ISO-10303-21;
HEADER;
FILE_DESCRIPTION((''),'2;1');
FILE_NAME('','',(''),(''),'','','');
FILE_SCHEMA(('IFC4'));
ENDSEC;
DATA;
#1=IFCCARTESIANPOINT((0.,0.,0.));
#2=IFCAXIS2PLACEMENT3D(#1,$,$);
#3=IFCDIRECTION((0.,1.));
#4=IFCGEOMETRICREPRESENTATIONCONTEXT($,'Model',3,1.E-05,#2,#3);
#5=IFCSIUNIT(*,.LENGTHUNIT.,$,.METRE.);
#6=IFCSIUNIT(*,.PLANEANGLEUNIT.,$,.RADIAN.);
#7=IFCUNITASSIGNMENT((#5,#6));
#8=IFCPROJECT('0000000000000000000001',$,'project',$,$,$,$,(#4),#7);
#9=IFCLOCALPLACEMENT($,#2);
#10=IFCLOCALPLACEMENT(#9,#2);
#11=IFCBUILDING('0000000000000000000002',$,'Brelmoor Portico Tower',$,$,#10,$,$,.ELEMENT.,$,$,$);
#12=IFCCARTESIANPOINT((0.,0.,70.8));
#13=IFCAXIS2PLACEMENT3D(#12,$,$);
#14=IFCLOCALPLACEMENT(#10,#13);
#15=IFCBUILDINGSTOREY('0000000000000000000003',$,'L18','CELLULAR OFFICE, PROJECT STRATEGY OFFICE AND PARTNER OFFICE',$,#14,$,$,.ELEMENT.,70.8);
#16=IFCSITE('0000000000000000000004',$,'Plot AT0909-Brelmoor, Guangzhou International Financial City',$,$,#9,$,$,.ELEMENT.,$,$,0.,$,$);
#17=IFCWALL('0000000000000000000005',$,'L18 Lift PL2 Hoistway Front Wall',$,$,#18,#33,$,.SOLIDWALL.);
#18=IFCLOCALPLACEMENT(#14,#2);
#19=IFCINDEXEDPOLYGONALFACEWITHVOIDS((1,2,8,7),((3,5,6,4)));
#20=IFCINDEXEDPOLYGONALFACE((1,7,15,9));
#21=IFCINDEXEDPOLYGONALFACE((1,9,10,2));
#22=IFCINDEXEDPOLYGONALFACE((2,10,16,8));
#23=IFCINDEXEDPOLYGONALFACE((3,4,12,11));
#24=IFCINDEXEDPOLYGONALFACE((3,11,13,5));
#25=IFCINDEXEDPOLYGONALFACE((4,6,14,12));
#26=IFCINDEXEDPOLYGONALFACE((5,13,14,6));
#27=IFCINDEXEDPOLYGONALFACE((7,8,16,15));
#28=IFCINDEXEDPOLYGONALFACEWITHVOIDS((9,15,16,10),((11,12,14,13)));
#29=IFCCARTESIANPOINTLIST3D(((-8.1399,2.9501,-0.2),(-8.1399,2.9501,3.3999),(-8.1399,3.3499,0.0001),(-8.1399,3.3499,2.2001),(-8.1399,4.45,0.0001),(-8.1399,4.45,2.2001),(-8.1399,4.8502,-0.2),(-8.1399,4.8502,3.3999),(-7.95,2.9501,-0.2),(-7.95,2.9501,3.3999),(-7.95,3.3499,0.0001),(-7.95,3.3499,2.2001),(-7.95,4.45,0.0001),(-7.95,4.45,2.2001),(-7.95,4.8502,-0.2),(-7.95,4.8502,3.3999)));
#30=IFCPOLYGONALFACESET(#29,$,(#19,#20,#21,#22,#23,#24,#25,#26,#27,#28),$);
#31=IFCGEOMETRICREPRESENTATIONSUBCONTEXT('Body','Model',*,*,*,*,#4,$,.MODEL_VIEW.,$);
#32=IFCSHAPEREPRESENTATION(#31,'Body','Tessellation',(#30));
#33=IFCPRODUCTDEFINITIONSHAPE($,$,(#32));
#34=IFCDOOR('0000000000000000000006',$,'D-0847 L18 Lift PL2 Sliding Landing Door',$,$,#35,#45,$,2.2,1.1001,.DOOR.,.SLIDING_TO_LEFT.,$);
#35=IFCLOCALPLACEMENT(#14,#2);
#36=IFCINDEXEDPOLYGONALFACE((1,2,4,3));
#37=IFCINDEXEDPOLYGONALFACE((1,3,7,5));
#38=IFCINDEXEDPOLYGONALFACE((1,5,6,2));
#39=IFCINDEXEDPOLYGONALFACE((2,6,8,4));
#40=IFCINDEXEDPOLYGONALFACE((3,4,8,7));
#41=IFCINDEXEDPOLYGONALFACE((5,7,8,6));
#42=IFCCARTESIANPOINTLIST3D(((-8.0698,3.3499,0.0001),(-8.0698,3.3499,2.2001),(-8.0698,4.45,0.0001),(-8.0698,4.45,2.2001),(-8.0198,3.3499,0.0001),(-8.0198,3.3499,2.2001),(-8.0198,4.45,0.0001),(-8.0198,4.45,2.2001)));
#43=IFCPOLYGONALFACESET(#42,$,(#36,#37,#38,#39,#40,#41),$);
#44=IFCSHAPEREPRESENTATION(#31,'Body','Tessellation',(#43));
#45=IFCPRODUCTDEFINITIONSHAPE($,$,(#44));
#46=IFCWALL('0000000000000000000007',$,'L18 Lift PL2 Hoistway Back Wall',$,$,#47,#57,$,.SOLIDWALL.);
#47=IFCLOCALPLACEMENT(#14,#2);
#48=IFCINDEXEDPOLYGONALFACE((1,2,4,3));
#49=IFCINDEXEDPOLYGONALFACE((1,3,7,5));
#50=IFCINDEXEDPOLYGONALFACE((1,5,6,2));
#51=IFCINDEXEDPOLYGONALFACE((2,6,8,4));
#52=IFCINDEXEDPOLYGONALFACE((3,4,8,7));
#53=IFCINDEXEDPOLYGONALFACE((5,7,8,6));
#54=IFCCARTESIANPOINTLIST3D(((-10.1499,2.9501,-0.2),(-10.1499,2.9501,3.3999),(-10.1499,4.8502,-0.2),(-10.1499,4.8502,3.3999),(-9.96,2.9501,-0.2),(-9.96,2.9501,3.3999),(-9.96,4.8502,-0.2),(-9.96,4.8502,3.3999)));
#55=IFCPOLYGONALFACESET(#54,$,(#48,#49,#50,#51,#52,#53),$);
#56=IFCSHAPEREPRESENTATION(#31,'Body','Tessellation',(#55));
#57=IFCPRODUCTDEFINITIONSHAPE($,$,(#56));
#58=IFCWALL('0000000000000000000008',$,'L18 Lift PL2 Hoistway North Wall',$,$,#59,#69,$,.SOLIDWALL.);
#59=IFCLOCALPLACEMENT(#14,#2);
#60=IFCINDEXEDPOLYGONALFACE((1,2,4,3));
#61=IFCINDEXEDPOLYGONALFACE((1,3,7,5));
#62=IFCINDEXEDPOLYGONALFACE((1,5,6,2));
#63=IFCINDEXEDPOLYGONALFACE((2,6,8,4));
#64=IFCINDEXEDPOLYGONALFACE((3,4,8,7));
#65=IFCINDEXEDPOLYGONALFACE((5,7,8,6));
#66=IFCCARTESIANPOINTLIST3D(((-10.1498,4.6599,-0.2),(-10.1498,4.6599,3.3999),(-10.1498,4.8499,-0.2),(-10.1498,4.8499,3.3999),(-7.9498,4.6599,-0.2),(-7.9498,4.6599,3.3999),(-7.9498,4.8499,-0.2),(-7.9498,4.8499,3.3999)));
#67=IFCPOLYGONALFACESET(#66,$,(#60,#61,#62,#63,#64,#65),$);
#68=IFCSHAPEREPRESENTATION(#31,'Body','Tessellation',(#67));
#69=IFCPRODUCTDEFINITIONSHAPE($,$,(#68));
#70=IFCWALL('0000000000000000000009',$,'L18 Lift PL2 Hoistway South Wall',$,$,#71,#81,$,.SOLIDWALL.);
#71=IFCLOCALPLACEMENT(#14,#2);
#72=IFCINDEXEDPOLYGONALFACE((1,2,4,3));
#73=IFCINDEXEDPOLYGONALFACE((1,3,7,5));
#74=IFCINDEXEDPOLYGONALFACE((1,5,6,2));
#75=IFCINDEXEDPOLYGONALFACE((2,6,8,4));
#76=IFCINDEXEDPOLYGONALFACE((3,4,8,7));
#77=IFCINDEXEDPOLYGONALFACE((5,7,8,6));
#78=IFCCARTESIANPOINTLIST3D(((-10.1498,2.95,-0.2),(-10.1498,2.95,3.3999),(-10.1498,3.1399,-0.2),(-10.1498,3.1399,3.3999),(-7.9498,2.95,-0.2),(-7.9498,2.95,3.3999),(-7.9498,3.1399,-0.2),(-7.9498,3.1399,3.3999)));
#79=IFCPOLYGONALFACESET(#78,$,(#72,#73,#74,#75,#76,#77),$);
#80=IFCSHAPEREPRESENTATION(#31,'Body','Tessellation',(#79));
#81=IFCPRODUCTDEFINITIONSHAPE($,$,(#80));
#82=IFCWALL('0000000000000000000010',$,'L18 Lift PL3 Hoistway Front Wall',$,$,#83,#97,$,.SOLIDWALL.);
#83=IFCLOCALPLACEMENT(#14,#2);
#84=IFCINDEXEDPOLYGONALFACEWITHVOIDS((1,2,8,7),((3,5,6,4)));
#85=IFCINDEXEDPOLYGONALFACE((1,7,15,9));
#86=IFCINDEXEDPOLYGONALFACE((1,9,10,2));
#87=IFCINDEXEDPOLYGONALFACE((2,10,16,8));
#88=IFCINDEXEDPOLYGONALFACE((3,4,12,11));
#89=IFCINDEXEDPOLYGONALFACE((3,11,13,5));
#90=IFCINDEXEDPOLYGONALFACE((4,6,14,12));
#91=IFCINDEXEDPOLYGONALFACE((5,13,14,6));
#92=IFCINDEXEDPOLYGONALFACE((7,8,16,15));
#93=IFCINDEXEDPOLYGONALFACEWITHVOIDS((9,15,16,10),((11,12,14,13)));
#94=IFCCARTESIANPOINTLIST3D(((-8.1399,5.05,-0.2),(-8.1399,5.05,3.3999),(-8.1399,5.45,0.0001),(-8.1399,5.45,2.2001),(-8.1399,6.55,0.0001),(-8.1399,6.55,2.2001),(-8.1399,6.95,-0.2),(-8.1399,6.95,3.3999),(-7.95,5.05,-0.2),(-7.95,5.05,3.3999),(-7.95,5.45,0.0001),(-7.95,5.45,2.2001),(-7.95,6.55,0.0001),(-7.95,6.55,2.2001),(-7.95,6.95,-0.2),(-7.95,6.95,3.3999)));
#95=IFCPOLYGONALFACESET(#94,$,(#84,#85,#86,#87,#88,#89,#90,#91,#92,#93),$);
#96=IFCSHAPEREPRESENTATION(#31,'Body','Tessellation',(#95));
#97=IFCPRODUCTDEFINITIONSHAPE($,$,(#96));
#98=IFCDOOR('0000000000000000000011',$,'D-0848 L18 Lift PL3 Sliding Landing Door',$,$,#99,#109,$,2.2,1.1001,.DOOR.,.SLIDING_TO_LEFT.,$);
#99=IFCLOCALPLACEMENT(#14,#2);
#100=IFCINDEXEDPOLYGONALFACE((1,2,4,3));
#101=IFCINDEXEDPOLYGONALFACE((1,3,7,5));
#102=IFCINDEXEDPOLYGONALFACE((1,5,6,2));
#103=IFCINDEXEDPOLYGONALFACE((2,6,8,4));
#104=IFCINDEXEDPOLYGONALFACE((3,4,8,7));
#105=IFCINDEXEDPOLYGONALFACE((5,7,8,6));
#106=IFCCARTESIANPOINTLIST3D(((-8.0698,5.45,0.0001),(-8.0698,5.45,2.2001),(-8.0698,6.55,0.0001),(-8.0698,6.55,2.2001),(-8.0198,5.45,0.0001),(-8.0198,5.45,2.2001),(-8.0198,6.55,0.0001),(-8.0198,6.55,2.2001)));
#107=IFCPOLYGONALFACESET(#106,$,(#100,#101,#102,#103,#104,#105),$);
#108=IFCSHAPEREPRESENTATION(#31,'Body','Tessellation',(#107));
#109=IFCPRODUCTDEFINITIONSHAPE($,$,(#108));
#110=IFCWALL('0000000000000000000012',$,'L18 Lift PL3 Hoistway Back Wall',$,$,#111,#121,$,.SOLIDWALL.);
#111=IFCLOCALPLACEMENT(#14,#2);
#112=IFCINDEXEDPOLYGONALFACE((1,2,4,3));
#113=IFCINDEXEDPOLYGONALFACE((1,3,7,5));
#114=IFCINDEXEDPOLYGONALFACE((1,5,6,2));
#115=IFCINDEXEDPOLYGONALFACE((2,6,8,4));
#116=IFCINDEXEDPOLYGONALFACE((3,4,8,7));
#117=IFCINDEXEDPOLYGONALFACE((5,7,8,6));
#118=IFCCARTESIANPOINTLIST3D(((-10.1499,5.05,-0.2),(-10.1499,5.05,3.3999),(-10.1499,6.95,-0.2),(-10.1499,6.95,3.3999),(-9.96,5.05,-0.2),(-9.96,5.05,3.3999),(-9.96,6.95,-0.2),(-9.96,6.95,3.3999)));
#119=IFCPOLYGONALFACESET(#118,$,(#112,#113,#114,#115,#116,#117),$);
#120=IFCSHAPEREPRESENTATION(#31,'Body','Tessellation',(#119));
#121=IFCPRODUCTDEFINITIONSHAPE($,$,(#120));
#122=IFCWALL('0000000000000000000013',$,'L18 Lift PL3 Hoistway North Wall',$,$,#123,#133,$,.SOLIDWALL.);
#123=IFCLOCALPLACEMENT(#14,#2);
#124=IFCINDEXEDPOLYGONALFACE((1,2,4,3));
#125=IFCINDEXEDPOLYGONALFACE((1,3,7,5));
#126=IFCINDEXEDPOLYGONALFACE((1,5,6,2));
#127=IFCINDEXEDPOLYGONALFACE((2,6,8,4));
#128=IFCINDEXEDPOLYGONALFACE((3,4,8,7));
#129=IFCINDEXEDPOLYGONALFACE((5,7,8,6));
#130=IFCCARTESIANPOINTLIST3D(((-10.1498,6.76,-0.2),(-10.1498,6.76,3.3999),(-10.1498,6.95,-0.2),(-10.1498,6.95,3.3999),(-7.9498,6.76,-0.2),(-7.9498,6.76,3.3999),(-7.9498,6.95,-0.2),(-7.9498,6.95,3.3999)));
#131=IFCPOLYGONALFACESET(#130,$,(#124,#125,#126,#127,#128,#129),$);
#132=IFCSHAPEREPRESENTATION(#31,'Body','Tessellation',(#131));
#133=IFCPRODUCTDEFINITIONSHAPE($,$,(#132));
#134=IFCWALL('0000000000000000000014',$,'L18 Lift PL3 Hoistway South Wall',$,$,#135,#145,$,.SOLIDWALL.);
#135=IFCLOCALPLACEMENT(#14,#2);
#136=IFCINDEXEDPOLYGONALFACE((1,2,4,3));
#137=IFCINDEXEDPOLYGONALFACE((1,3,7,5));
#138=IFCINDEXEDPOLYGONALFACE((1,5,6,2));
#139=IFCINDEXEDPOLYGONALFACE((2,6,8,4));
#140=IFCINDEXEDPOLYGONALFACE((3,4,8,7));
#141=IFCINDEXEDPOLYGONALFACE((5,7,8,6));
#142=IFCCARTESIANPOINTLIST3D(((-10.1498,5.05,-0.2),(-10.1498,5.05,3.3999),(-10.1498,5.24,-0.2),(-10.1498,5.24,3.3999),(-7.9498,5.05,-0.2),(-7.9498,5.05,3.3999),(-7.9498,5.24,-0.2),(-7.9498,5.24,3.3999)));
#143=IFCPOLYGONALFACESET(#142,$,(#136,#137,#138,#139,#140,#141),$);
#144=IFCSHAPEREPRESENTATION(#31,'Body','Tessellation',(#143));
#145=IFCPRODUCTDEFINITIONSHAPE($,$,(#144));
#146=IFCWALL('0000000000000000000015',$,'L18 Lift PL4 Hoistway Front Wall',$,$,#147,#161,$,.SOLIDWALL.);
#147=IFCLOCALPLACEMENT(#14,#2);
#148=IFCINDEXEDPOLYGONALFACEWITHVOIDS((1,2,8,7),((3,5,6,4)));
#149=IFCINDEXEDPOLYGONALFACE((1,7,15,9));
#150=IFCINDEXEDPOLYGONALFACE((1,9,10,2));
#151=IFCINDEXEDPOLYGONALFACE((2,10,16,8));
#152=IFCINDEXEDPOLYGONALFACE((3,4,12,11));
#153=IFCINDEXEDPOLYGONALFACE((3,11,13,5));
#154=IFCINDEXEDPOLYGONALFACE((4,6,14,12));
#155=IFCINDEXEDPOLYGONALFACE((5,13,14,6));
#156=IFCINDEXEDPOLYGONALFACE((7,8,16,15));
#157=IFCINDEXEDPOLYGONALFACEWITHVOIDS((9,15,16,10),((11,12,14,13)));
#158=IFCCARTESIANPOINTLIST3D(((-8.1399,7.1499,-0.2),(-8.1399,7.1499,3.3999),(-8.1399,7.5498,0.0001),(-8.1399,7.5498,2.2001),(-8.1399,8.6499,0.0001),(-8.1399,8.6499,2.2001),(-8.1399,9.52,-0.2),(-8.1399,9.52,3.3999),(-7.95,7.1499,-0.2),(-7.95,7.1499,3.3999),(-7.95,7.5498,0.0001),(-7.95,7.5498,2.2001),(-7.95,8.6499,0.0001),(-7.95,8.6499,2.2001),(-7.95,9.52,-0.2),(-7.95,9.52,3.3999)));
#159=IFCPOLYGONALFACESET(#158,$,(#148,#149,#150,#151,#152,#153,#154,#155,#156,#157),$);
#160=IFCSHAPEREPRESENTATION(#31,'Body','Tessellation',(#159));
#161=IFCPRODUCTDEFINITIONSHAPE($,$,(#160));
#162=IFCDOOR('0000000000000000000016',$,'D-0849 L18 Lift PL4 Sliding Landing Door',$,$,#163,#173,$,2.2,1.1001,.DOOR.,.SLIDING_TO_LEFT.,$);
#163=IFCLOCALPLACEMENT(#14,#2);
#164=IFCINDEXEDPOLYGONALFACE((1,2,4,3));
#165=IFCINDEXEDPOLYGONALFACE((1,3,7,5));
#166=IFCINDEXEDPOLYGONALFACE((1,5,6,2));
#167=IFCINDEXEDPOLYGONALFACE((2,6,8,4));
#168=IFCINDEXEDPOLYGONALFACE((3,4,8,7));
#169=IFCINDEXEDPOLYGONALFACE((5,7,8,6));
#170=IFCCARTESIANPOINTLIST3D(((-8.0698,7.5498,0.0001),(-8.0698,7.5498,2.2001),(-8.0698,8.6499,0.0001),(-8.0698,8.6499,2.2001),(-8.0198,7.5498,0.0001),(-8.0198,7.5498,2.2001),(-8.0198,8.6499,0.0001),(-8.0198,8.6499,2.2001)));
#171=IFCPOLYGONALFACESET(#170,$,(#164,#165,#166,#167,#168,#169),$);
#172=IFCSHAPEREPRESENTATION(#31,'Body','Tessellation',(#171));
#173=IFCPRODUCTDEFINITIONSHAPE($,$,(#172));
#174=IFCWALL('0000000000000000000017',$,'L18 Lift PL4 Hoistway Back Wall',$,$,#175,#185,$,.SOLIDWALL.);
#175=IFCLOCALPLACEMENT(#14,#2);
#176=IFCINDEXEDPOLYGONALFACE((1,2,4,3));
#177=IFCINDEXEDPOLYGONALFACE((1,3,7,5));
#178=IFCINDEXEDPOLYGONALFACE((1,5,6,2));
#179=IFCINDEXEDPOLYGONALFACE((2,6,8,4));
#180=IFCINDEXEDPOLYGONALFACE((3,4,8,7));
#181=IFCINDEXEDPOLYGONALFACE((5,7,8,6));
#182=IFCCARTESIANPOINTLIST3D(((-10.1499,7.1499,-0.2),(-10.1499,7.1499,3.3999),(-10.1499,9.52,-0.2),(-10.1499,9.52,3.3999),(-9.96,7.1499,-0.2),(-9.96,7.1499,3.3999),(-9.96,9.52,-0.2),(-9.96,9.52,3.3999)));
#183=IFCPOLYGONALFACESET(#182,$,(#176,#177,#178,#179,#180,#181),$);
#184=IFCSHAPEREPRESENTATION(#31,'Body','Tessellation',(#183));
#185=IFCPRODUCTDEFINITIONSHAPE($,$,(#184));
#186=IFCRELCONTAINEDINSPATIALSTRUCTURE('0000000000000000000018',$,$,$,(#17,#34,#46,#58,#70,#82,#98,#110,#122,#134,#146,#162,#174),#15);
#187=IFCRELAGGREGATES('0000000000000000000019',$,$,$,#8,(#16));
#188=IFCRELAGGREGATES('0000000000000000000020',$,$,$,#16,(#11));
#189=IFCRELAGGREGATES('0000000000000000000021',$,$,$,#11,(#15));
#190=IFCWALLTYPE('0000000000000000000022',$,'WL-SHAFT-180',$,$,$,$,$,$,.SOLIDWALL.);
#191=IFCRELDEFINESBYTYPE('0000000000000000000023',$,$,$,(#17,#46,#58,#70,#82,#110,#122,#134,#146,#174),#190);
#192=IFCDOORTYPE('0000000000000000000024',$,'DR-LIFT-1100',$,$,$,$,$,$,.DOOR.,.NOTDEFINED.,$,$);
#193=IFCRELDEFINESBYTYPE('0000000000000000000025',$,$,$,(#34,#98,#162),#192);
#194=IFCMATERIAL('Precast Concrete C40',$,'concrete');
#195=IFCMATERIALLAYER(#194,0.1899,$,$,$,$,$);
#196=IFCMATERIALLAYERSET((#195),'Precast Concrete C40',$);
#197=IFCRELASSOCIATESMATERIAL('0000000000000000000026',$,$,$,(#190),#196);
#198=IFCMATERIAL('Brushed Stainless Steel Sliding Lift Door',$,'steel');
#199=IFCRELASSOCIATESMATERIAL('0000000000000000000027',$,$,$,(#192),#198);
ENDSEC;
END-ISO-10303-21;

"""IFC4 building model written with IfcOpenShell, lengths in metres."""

from ifc_helpers import new_model, si_unit, direction, frame, frame_2d, origin, place, context, subcontext, project, spatial, rectangle, extrude, material, layer, layer_set, type_object, element, fill, save


model = new_model("IFC4")

# Units and contexts
model_context = context("Model", 3, precision=1e-05, world=origin(), true_north=direction((0.0, 1.0)))
body_context = subcontext(model_context, "Body", "Model", "MODEL_VIEW")
ifc_project = project(units=[si_unit("LENGTHUNIT", "METRE"), si_unit("PLANEANGLEUNIT", "RADIAN")], contexts=[model_context])

# Site, building, storey
site_placement = place(None, origin())
site = spatial("IfcSite", under=ifc_project, at=site_placement, Name="Plot AT0909-Brelmoor, Guangzhou International Financial City", CompositionType="ELEMENT", RefElevation=0.0)
building_placement = place(site_placement, origin())
building = spatial("IfcBuilding", under=site, at=building_placement, Name="Brelmoor Portico Tower", CompositionType="ELEMENT")
storey_placement = place(building_placement, frame((0.0, 0.0, 70.8)))
storey = spatial("IfcBuildingStorey", under=building, at=storey_placement, Name="L18", Description="CELLULAR OFFICE, PROJECT STRATEGY OFFICE AND PARTNER OFFICE", CompositionType="ELEMENT", Elevation=70.8)

# Shared definitions
ifc_material_1 = material(Name="Precast Concrete C40", Category="concrete")
ifc_layer_1 = layer(ifc_material_1, 0.1899)
ifc_layer_set_1 = layer_set([ifc_layer_1], Name="Precast Concrete C40")
wall_type_1 = type_object("IfcWallType", Name="WL-SHAFT-180", PredefinedType="SOLIDWALL", material=ifc_layer_set_1)
ifc_material_2 = material(Name="Brushed Stainless Steel Sliding Lift Door", Category="steel")
door_type = type_object("IfcDoorType", Name="DR-LIFT-1100", OperationType="NOTDEFINED", PredefinedType="DOOR", material=ifc_material_2)

# Wall, opening, door
wall_1_placement = place(storey_placement, frame((-8.0449, 2.95, -0.2), z_axis=(0.0, 0.0, 1.0), x_axis=(0.0, 1.0, 0.0)))
wall_1 = element("IfcWall", 1, at=wall_1_placement, inside=storey, type_object=wall_type_1, Name="L18 Lift PL2 Hoistway Front Wall", PredefinedType="SOLIDWALL", context=body_context, shape_type="SweptSolid", body=[
    extrude(rectangle(XDim=1.9001, YDim=0.1899, at=frame_2d((0.9502, 0.0))), origin(), (0.0, 0.0, 1.0), 3.5999),
])
opening_1_placement = place(wall_1_placement, frame((0.3999, 0.0, 0.2)))
opening_1 = element("IfcOpeningElement", 2, at=opening_1_placement, cuts=wall_1, PredefinedType="OPENING", context=body_context, shape_type="SweptSolid", body=[
    extrude(rectangle(XDim=1.1001, YDim=2.2, at=frame_2d((0.55, 1.1001))), frame((0.0, 0.105, 0.0), z_axis=(0.0, -1.0, 0.0), x_axis=(1.0, 0.0, 0.0)), (0.0, 0.0, 1.0), 0.21),
])
door_1_placement = place(opening_1_placement, origin())
door_1 = element("IfcDoor", 3, at=door_1_placement, inside=storey, type_object=door_type, Name="D-0847 L18 Lift PL2 Sliding Landing Door", OperationType="SLIDING_TO_LEFT", OverallHeight=2.2, OverallWidth=1.1001, PredefinedType="DOOR", context=body_context, shape_type="SweptSolid", body=[
    extrude(rectangle(XDim=1.1001, YDim=2.2, at=frame_2d((0.55, 1.1001))), frame((0.0, 0.0249, 0.0), z_axis=(0.0, -1.0, 0.0), x_axis=(1.0, 0.0, 0.0)), (0.0, 0.0, 1.0), 0.05),
])
fill(opening_1, door_1)

# Walls
wall_2_placement = place(storey_placement, frame((-10.0549, 2.95, -0.2), z_axis=(0.0, 0.0, 1.0), x_axis=(0.0, 1.0, 0.0)))
element("IfcWall", 4, at=wall_2_placement, inside=storey, type_object=wall_type_1, Name="L18 Lift PL2 Hoistway Back Wall", PredefinedType="SOLIDWALL", context=body_context, shape_type="SweptSolid", body=[
    extrude(rectangle(XDim=1.9001, YDim=0.1899, at=frame_2d((0.9502, 0.0))), origin(), (0.0, 0.0, 1.0), 3.5999),
])
for number, where, z_axis, x_axis, name in (
    (5, (-10.1499, 4.7549, -0.2), (0.0, 0.0, 1.0), (1.0, 0.0, 0.0), "L18 Lift PL2 Hoistway North Wall"),
    (6, (-10.1499, 3.0449, -0.2), (0.0, 0.0, 1.0), (1.0, 0.0, 0.0), "L18 Lift PL2 Hoistway South Wall"),
):
    element("IfcWall", number, at=place(storey_placement, frame(where, z_axis=z_axis, x_axis=x_axis)), inside=storey, type_object=wall_type_1, Name=name, PredefinedType="SOLIDWALL", context=body_context, shape_type="SweptSolid", body=[
        extrude(rectangle(XDim=2.2, YDim=0.1899, at=frame_2d((1.1001, 0.0))), origin(), (0.0, 0.0, 1.0), 3.5999),
    ])

# Wall, opening, door
wall_3_placement = place(storey_placement, frame((-8.0449, 5.05, -0.2), z_axis=(0.0, 0.0, 1.0), x_axis=(0.0, 1.0, 0.0)))
wall_3 = element("IfcWall", 7, at=wall_3_placement, inside=storey, type_object=wall_type_1, Name="L18 Lift PL3 Hoistway Front Wall", PredefinedType="SOLIDWALL", context=body_context, shape_type="SweptSolid", body=[
    extrude(rectangle(XDim=1.8999, YDim=0.1899, at=frame_2d((0.95, 0.0))), origin(), (0.0, 0.0, 1.0), 3.5999),
])
opening_2_placement = place(wall_3_placement, frame((0.3999, 0.0, 0.2)))
opening_2 = element("IfcOpeningElement", 8, at=opening_2_placement, cuts=wall_3, PredefinedType="OPENING", context=body_context, shape_type="SweptSolid", body=[
    extrude(rectangle(XDim=1.1001, YDim=2.2, at=frame_2d((0.55, 1.1001))), frame((0.0, 0.105, 0.0), z_axis=(0.0, -1.0, 0.0), x_axis=(1.0, 0.0, 0.0)), (0.0, 0.0, 1.0), 0.21),
])
door_2_placement = place(opening_2_placement, origin())
door_2 = element("IfcDoor", 9, at=door_2_placement, inside=storey, type_object=door_type, Name="D-0848 L18 Lift PL3 Sliding Landing Door", OperationType="SLIDING_TO_LEFT", OverallHeight=2.2, OverallWidth=1.1001, PredefinedType="DOOR", context=body_context, shape_type="SweptSolid", body=[
    extrude(rectangle(XDim=1.1001, YDim=2.2, at=frame_2d((0.55, 1.1001))), frame((0.0, 0.0249, 0.0), z_axis=(0.0, -1.0, 0.0), x_axis=(1.0, 0.0, 0.0)), (0.0, 0.0, 1.0), 0.05),
])
fill(opening_2, door_2)

# Walls
wall_4_placement = place(storey_placement, frame((-10.0549, 5.05, -0.2), z_axis=(0.0, 0.0, 1.0), x_axis=(0.0, 1.0, 0.0)))
element("IfcWall", 10, at=wall_4_placement, inside=storey, type_object=wall_type_1, Name="L18 Lift PL3 Hoistway Back Wall", PredefinedType="SOLIDWALL", context=body_context, shape_type="SweptSolid", body=[
    extrude(rectangle(XDim=1.8999, YDim=0.1899, at=frame_2d((0.95, 0.0))), origin(), (0.0, 0.0, 1.0), 3.5999),
])
for number, where, z_axis, x_axis, name in (
    (11, (-10.1499, 6.855, -0.2), (0.0, 0.0, 1.0), (1.0, 0.0, 0.0), "L18 Lift PL3 Hoistway North Wall"),
    (12, (-10.1499, 5.145, -0.2), (0.0, 0.0, 1.0), (1.0, 0.0, 0.0), "L18 Lift PL3 Hoistway South Wall"),
):
    element("IfcWall", number, at=place(storey_placement, frame(where, z_axis=z_axis, x_axis=x_axis)), inside=storey, type_object=wall_type_1, Name=name, PredefinedType="SOLIDWALL", context=body_context, shape_type="SweptSolid", body=[
        extrude(rectangle(XDim=2.2, YDim=0.1899, at=frame_2d((1.1001, 0.0))), origin(), (0.0, 0.0, 1.0), 3.5999),
    ])

# Wall, opening, door
wall_5_placement = place(storey_placement, frame((-8.0449, 7.1499, -0.2), z_axis=(0.0, 0.0, 1.0), x_axis=(0.0, 1.0, 0.0)))
wall_5 = element("IfcWall", 13, at=wall_5_placement, inside=storey, type_object=wall_type_1, Name="L18 Lift PL4 Hoistway Front Wall", PredefinedType="SOLIDWALL", context=body_context, shape_type="SweptSolid", body=[
    extrude(rectangle(XDim=2.3701, YDim=0.1899, at=frame_2d((1.1851, 0.0))), origin(), (0.0, 0.0, 1.0), 3.5999),
])
opening_3_placement = place(wall_5_placement, frame((0.3999, 0.0, 0.2)))
opening_3 = element("IfcOpeningElement", 14, at=opening_3_placement, cuts=wall_5, PredefinedType="OPENING", context=body_context, shape_type="SweptSolid", body=[
    extrude(rectangle(XDim=1.1001, YDim=2.2, at=frame_2d((0.55, 1.1001))), frame((0.0, 0.105, 0.0), z_axis=(0.0, -1.0, 0.0), x_axis=(1.0, 0.0, 0.0)), (0.0, 0.0, 1.0), 0.21),
])
door_3_placement = place(opening_3_placement, origin())
door_3 = element("IfcDoor", 15, at=door_3_placement, inside=storey, type_object=door_type, Name="D-0849 L18 Lift PL4 Sliding Landing Door", OperationType="SLIDING_TO_LEFT", OverallHeight=2.2, OverallWidth=1.1001, PredefinedType="DOOR", context=body_context, shape_type="SweptSolid", body=[
    extrude(rectangle(XDim=1.1001, YDim=2.2, at=frame_2d((0.55, 1.1001))), frame((0.0, 0.0249, 0.0), z_axis=(0.0, -1.0, 0.0), x_axis=(1.0, 0.0, 0.0)), (0.0, 0.0, 1.0), 0.05),
])
fill(opening_3, door_3)

# Wall
wall_6_placement = place(storey_placement, frame((-10.0549, 7.1499, -0.2), z_axis=(0.0, 0.0, 1.0), x_axis=(0.0, 1.0, 0.0)))
element("IfcWall", 16, at=wall_6_placement, inside=storey, type_object=wall_type_1, Name="L18 Lift PL4 Hoistway Back Wall", PredefinedType="SOLIDWALL", context=body_context, shape_type="SweptSolid", body=[
    extrude(rectangle(XDim=2.3701, YDim=0.1899, at=frame_2d((1.1851, 0.0))), origin(), (0.0, 0.0, 1.0), 3.5999),
])

save(model, "model.ifc")
